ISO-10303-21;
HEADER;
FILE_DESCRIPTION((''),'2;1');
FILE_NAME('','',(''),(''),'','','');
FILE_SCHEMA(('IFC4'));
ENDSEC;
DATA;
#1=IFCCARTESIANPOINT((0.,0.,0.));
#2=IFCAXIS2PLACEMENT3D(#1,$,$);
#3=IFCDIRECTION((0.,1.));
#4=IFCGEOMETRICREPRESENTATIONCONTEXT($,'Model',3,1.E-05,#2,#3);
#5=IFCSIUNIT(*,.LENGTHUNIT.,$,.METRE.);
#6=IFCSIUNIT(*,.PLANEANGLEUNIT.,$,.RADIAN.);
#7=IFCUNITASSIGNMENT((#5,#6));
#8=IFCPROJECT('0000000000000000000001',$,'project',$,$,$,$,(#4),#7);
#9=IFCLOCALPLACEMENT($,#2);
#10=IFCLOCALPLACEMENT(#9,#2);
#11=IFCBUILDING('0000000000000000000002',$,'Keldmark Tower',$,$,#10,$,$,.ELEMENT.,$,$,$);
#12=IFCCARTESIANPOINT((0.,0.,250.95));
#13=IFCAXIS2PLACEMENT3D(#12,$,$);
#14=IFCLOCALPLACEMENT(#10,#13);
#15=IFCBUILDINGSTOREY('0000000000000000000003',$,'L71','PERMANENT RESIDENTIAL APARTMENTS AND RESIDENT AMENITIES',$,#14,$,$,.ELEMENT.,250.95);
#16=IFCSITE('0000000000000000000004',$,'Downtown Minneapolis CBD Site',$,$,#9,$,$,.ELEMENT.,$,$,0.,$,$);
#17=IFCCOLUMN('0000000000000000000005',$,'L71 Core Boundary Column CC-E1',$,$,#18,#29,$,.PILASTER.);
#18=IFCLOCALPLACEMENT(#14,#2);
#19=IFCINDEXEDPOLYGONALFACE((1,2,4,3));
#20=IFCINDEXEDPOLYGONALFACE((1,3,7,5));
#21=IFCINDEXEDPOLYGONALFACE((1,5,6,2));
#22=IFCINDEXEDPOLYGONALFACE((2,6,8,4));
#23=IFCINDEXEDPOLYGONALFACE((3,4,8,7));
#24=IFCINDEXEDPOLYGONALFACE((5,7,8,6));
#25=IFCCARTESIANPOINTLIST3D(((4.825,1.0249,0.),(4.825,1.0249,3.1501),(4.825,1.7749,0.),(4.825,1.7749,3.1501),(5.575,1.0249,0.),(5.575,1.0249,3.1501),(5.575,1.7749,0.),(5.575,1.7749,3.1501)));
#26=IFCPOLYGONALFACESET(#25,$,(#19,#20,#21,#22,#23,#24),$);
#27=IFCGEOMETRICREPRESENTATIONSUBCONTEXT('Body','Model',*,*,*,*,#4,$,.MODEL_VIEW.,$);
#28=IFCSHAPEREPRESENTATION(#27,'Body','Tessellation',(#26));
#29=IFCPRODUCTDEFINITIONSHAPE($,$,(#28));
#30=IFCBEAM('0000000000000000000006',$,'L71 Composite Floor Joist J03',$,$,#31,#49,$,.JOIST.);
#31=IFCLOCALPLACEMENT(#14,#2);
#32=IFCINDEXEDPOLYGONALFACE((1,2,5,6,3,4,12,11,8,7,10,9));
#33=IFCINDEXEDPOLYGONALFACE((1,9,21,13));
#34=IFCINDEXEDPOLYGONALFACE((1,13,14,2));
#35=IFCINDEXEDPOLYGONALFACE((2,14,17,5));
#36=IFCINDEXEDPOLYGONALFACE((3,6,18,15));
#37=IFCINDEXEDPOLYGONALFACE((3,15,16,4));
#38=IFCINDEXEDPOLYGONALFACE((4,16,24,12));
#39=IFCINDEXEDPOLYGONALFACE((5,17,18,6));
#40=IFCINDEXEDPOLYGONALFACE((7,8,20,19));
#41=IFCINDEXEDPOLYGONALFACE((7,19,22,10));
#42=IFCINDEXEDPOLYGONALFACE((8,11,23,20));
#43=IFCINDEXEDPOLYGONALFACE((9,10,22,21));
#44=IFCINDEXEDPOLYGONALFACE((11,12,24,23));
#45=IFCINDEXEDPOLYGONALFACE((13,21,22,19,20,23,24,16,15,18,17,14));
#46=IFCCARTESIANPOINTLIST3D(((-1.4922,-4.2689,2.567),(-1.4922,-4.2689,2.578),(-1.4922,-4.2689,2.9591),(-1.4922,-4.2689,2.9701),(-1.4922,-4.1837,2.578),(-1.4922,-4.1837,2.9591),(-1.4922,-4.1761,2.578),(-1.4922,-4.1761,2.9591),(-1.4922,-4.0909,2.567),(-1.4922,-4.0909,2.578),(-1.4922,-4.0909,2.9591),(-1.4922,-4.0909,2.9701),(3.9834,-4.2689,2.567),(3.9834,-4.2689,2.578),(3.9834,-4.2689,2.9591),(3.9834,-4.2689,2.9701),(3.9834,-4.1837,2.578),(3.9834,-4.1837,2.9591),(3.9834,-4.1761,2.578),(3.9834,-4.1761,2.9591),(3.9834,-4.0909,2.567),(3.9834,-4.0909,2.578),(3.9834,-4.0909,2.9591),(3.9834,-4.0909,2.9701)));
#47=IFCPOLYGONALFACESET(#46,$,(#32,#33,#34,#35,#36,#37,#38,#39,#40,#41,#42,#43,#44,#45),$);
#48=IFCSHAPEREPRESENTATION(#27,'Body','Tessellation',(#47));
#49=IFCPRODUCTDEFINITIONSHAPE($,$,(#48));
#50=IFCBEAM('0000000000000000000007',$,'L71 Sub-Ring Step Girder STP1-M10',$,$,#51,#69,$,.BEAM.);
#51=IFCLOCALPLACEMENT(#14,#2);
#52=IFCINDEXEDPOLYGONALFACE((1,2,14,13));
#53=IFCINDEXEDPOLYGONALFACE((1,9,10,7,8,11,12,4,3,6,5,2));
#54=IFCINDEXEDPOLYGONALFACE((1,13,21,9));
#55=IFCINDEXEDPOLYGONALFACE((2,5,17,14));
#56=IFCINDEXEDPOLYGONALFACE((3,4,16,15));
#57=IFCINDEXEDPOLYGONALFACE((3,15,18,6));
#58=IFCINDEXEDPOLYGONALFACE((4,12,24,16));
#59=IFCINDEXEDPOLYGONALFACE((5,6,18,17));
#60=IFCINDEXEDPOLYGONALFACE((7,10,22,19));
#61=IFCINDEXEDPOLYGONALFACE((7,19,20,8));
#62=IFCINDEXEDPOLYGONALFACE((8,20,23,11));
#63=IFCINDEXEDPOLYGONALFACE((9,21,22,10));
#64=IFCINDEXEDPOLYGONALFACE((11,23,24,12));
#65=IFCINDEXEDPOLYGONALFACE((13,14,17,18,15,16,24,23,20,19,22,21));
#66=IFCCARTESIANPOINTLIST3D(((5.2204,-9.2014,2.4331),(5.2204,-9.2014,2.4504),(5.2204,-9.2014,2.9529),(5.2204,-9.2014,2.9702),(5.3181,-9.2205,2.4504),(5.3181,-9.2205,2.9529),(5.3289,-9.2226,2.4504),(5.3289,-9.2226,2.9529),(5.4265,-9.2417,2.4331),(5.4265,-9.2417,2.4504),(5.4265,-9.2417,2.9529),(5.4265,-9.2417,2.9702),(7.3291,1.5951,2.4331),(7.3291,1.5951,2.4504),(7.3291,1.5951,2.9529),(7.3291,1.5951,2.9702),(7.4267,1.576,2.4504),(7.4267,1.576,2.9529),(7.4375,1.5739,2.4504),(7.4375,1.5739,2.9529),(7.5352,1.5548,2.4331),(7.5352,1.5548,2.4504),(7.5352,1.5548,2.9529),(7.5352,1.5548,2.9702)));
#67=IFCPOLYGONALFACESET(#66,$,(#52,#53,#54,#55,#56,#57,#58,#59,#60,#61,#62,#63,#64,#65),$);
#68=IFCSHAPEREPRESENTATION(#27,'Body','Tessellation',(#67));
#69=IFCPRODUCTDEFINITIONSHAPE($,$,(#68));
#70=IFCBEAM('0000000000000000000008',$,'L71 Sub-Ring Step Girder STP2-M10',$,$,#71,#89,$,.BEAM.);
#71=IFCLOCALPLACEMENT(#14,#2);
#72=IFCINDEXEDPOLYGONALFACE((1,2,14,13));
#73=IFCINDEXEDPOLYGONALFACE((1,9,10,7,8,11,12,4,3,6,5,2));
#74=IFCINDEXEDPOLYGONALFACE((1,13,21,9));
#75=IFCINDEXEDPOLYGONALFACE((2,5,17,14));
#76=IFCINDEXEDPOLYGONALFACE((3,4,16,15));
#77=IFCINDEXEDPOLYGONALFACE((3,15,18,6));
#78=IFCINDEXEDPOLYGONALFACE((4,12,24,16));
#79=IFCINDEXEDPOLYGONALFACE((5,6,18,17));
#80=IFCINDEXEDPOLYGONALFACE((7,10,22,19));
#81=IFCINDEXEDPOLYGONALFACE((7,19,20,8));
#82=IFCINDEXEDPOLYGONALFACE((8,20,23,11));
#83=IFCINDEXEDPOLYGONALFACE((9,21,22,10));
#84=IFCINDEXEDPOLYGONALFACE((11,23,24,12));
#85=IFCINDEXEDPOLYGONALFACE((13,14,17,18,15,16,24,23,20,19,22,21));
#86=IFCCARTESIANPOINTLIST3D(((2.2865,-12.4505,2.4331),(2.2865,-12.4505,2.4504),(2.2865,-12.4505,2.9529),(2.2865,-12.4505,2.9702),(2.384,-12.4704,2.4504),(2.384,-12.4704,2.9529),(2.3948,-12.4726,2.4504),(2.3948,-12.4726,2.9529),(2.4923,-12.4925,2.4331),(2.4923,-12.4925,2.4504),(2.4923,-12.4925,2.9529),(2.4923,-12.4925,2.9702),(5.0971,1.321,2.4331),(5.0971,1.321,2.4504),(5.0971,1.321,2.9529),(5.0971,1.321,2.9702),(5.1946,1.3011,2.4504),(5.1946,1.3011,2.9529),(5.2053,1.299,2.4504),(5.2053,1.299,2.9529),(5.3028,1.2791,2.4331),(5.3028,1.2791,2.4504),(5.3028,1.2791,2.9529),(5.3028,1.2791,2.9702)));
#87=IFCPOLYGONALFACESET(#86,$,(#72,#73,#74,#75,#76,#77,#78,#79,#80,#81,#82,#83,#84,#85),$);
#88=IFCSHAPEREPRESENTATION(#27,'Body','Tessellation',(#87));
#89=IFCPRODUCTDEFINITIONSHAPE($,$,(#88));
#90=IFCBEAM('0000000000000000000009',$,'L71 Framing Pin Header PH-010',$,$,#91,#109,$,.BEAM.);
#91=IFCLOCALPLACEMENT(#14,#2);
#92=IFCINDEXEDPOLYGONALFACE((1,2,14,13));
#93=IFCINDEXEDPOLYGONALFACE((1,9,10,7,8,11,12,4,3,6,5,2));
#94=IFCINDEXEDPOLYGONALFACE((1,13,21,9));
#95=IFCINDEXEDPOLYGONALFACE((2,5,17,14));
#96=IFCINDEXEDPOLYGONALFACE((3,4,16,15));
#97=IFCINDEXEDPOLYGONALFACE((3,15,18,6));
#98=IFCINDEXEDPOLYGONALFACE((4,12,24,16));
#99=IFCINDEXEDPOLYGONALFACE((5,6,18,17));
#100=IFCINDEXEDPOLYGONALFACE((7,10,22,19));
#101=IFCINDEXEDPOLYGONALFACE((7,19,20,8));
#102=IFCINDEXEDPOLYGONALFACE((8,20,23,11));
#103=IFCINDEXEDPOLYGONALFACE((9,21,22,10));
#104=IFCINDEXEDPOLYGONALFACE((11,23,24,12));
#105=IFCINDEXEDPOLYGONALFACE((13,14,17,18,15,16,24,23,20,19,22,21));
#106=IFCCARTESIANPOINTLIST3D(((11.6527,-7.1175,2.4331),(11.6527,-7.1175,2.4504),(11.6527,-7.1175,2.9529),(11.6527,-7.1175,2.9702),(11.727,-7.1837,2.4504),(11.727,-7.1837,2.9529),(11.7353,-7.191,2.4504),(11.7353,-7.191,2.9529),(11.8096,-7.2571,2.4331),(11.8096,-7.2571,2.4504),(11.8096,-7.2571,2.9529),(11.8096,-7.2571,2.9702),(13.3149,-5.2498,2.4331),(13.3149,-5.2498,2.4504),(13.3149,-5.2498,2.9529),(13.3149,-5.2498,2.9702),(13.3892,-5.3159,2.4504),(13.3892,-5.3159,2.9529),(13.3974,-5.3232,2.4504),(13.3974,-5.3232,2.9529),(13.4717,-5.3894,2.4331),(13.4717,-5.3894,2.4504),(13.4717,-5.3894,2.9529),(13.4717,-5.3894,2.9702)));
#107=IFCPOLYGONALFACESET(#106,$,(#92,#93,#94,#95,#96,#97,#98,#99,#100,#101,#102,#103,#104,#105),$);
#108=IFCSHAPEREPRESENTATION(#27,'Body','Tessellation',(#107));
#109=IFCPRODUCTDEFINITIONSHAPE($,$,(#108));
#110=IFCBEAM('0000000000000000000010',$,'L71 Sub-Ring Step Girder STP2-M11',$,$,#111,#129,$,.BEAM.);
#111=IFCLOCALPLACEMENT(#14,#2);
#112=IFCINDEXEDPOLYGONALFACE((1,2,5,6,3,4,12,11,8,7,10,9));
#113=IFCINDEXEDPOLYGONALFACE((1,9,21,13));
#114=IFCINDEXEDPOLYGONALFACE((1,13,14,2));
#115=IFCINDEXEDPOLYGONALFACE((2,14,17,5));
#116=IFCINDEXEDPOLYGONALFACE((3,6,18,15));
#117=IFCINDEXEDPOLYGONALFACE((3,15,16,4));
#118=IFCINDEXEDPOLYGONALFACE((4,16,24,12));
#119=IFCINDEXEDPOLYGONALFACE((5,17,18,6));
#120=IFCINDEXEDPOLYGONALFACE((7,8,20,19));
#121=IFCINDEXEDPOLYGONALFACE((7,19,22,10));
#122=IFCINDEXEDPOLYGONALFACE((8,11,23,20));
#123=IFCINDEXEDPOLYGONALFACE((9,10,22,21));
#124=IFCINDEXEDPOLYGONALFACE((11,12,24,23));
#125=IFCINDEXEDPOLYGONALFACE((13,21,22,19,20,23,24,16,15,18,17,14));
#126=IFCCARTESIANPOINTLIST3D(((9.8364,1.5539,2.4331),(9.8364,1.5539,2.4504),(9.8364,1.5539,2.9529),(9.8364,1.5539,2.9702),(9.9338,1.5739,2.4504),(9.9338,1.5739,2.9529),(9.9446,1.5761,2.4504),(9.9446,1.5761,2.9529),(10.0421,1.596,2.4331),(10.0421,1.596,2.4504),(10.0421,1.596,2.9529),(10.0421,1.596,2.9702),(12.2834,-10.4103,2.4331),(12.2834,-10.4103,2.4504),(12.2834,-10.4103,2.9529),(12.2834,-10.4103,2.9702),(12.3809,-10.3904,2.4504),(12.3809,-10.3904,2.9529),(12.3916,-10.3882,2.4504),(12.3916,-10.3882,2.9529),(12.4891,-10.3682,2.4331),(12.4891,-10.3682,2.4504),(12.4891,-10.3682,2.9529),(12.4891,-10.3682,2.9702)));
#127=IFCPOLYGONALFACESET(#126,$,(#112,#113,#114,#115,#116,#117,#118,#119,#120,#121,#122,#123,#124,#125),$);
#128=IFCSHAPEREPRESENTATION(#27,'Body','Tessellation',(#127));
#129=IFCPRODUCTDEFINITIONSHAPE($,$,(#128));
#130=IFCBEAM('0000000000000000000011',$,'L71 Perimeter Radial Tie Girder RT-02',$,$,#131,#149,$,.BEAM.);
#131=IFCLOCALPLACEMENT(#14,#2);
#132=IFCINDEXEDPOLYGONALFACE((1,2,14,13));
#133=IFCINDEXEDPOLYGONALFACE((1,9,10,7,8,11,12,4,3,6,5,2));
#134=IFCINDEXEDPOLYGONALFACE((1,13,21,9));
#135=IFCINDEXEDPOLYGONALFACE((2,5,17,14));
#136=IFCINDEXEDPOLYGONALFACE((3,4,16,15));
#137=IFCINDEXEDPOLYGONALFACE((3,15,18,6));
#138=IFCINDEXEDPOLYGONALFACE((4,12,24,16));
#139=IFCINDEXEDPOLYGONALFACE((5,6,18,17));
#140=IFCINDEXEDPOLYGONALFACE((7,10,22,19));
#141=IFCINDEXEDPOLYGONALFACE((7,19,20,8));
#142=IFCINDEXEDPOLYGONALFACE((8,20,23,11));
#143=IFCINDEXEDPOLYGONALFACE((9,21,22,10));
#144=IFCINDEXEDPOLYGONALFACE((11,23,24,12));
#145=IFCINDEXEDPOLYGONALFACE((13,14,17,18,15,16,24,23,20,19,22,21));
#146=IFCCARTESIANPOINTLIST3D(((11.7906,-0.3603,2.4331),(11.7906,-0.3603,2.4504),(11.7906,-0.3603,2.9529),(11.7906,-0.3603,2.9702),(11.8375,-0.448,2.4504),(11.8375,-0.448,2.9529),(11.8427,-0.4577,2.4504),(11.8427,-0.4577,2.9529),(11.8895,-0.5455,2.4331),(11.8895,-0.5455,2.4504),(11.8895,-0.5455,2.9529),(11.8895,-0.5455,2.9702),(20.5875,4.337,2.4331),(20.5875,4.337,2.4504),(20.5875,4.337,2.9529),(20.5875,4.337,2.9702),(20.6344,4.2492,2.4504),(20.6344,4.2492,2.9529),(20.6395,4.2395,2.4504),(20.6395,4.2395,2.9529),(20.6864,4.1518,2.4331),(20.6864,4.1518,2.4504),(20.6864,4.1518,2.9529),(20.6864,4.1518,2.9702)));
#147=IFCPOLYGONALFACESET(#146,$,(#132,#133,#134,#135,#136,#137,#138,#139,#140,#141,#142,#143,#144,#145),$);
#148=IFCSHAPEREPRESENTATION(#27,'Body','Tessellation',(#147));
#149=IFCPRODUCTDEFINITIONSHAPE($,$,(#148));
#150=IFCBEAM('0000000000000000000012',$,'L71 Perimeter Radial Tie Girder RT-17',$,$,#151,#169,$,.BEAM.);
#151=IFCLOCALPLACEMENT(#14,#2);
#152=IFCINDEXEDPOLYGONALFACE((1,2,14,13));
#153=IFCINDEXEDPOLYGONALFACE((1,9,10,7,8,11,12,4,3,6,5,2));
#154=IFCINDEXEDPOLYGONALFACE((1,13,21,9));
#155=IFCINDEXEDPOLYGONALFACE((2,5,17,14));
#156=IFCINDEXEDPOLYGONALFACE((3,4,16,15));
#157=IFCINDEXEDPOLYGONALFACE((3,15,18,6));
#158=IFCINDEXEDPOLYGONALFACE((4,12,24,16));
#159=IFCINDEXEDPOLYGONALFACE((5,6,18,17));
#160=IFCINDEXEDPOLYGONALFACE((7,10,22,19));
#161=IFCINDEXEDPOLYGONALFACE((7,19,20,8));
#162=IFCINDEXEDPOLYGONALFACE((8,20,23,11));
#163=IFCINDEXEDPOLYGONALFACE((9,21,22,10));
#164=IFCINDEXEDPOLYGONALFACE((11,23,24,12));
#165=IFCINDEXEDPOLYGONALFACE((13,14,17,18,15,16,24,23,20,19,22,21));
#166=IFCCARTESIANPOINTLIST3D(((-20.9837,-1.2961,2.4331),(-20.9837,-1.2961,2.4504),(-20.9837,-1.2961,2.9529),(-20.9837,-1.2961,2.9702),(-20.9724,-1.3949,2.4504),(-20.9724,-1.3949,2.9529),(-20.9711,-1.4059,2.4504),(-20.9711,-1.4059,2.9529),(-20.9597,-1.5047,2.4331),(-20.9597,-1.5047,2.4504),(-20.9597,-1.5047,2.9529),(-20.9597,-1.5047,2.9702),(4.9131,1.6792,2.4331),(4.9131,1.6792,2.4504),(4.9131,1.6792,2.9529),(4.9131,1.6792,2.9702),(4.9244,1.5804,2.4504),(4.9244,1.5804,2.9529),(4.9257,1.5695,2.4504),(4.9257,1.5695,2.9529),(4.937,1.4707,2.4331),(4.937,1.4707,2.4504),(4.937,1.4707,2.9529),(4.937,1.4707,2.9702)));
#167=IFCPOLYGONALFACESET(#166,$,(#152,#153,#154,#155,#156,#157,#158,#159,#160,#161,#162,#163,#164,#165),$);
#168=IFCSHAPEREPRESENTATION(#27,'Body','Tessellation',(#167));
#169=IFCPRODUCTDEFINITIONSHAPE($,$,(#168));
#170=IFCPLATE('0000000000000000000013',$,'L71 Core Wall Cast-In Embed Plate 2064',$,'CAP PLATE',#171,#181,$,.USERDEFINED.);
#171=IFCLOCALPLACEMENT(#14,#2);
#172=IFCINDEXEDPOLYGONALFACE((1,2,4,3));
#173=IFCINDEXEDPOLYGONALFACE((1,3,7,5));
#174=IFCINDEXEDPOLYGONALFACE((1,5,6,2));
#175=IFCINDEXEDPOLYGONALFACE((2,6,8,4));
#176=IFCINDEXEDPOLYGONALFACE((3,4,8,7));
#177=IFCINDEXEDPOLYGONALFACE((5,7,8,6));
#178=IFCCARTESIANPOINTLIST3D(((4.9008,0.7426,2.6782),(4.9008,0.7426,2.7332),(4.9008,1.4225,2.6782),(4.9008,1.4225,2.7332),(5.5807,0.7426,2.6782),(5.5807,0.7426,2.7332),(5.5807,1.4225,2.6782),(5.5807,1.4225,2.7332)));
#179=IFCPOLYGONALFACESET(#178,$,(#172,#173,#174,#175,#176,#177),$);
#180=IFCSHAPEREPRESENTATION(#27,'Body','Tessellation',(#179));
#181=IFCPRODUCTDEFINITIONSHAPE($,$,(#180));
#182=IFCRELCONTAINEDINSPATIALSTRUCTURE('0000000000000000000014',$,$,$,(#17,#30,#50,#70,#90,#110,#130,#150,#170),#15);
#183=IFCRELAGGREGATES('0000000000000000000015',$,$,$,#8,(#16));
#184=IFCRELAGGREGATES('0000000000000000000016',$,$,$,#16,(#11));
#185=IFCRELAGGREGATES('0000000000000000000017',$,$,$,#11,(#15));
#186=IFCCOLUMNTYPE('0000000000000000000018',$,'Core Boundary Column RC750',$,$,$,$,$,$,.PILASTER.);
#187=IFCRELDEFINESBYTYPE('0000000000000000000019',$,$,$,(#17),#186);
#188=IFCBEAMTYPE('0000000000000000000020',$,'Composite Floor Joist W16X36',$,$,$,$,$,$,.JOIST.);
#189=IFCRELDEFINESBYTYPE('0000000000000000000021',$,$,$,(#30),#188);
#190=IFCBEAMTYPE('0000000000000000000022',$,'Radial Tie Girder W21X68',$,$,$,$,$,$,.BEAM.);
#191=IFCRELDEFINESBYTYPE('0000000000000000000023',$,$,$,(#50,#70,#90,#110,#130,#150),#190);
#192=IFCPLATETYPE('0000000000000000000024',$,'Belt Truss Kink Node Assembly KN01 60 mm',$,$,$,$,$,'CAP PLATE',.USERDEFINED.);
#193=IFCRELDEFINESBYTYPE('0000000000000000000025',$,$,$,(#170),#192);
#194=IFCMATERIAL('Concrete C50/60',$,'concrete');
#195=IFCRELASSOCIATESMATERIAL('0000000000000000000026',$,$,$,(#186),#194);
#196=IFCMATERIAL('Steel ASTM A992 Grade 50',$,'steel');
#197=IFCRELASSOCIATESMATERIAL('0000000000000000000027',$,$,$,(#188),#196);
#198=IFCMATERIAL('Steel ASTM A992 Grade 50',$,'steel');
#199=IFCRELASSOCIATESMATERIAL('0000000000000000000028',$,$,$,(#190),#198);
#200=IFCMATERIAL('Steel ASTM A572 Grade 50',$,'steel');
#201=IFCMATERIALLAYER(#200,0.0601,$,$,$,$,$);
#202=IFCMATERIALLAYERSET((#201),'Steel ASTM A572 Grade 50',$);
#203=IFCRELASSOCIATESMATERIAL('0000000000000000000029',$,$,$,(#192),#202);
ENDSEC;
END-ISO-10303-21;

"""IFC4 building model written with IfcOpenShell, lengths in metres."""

from ifc_helpers import new_model, si_unit, direction, frame, origin, origin_2d, place, context, subcontext, project, spatial, rectangle, i_section, extrude, material, layer, layer_set, material_profile, profile_set, type_object, element, save


model = new_model("IFC4")

# Units and contexts
model_context = context("Model", 3, precision=1e-05, world=origin(), true_north=direction((0.0, 1.0)))
body_context = subcontext(model_context, "Body", "Model", "MODEL_VIEW")
ifc_project = project(units=[si_unit("LENGTHUNIT", "METRE"), si_unit("PLANEANGLEUNIT", "RADIAN")], contexts=[model_context])

# Site, building, storey
site_placement = place(None, origin())
site = spatial("IfcSite", under=ifc_project, at=site_placement, Name="Downtown Minneapolis CBD Site", CompositionType="ELEMENT", RefElevation=0.0)
building_placement = place(site_placement, origin())
building = spatial("IfcBuilding", under=site, at=building_placement, Name="Keldmark Tower", CompositionType="ELEMENT")
storey_placement = place(building_placement, frame((0.0, 0.0, 250.95)))
storey = spatial("IfcBuildingStorey", under=building, at=storey_placement, Name="L71", Description="PERMANENT RESIDENTIAL APARTMENTS AND RESIDENT AMENITIES", CompositionType="ELEMENT", Elevation=250.95)

# Column
ifc_material_1 = material(Name="Concrete C50/60", Category="concrete")
ifc_material_profile_1 = material_profile(ifc_material_1, rectangle(XDim=0.75, YDim=0.75, at=origin_2d()), Name="RC750X750")
ifc_profile_set_1 = profile_set([ifc_material_profile_1], Name="Concrete C50/60")
column_type = type_object("IfcColumnType", Name="Core Boundary Column RC750", PredefinedType="PILASTER", material=ifc_profile_set_1)
column_placement = place(storey_placement, frame((5.2, 1.3999, 0.0), z_axis=(0.0, 0.0, 1.0), x_axis=(1.0, 0.0, 0.0)))
element("IfcColumn", 1, at=column_placement, inside=storey, type_object=column_type, Name="L71 Core Boundary Column CC-E1", PredefinedType="PILASTER", context=body_context, shape_type="SweptSolid", body=[
    extrude(rectangle(XDim=0.75, YDim=0.75, at=origin_2d()), origin(), (0.0, 0.0, 1.0), 3.1501),
])

# Beams
ifc_material_2 = material(Name="Steel ASTM A992 Grade 50", Category="steel")
ifc_material_profile_2 = material_profile(ifc_material_2, i_section(OverallWidth=0.178, OverallDepth=0.4031, WebThickness=0.0076, FlangeThickness=0.011, at=origin_2d()), Name="W16X36")
ifc_profile_set_2 = profile_set([ifc_material_profile_2], Name="Steel ASTM A992 Grade 50")
beam_type_1 = type_object("IfcBeamType", Name="Composite Floor Joist W16X36", PredefinedType="JOIST", material=ifc_profile_set_2)
beam_1_placement = place(storey_placement, frame((-1.4922, -4.1799, 2.7686), z_axis=(1.0, 0.0, 0.0), x_axis=(0.0, 1.0, 0.0)))
element("IfcBeam", 2, at=beam_1_placement, inside=storey, type_object=beam_type_1, Name="L71 Composite Floor Joist J03", PredefinedType="JOIST", context=body_context, shape_type="SweptSolid", body=[
    extrude(i_section(OverallWidth=0.178, OverallDepth=0.4031, WebThickness=0.0076, FlangeThickness=0.011, at=origin_2d()), origin(), (0.0, 0.0, 1.0), 5.4756),
])
ifc_material_3 = material(Name="Steel ASTM A992 Grade 50", Category="steel")
ifc_material_profile_3 = material_profile(ifc_material_3, i_section(OverallWidth=0.21, OverallDepth=0.5371, WebThickness=0.011, FlangeThickness=0.0173, at=origin_2d()), Name="W21X68")
ifc_profile_set_3 = profile_set([ifc_material_profile_3], Name="Steel ASTM A992 Grade 50")
beam_type_2 = type_object("IfcBeamType", Name="Radial Tie Girder W21X68", PredefinedType="BEAM", material=ifc_profile_set_3)
beam_2_placement = place(storey_placement, frame((7.4321, 1.575, 2.7017), z_axis=(-0.191688, -0.981456, 0.0), x_axis=(0.981456, -0.191688, 0.0)))
element("IfcBeam", 3, at=beam_2_placement, inside=storey, type_object=beam_type_2, Name="L71 Sub-Ring Step Girder STP1-M10", PredefinedType="BEAM", context=body_context, shape_type="SweptSolid", body=[
    extrude(i_section(OverallWidth=0.21, OverallDepth=0.5371, WebThickness=0.011, FlangeThickness=0.0173, at=origin_2d()), origin(), (0.0, 0.0, 1.0), 11.0005),
])
beam_3_placement = place(storey_placement, frame((5.2, 1.3, 2.7017), z_axis=(-0.199963, -0.979804, 0.0), x_axis=(0.979804, -0.199963, 0.0)))
element("IfcBeam", 4, at=beam_3_placement, inside=storey, type_object=beam_type_2, Name="L71 Sub-Ring Step Girder STP2-M10", PredefinedType="BEAM", context=body_context, shape_type="SweptSolid", body=[
    extrude(i_section(OverallWidth=0.21, OverallDepth=0.5371, WebThickness=0.011, FlangeThickness=0.0173, at=origin_2d()), origin(), (0.0, 0.0, 1.0), 14.0554),
])
beam_4_placement = place(storey_placement, frame((13.3933, -5.3196, 2.7017), z_axis=(-0.6648, -0.747021, 0.0), x_axis=(0.747021, -0.6648, 0.0)))
element("IfcBeam", 5, at=beam_4_placement, inside=storey, type_object=beam_type_2, Name="L71 Framing Pin Header PH-010", PredefinedType="BEAM", context=body_context, shape_type="SweptSolid", body=[
    extrude(i_section(OverallWidth=0.21, OverallDepth=0.5371, WebThickness=0.011, FlangeThickness=0.0173, at=origin_2d()), origin(), (0.0, 0.0, 1.0), 2.5002),
])
beam_5_placement = place(storey_placement, frame((9.9392, 1.575, 2.7017), z_axis=(0.200382, -0.979718, 0.0), x_axis=(0.979718, 0.200382, 0.0)))
element("IfcBeam", 6, at=beam_5_placement, inside=storey, type_object=beam_type_2, Name="L71 Sub-Ring Step Girder STP2-M11", PredefinedType="BEAM", context=body_context, shape_type="SweptSolid", body=[
    extrude(i_section(OverallWidth=0.21, OverallDepth=0.5371, WebThickness=0.011, FlangeThickness=0.0173, at=origin_2d()), origin(), (0.0, 0.0, 1.0), 12.2119),
])
beam_6_placement = place(storey_placement, frame((11.8401, -0.4529, 2.7017), z_axis=(0.88212, 0.471025, 0.0), x_axis=(-0.471025, 0.88212, 0.0)))
element("IfcBeam", 7, at=beam_6_placement, inside=storey, type_object=beam_type_2, Name="L71 Perimeter Radial Tie Girder RT-02", PredefinedType="BEAM", context=body_context, shape_type="SweptSolid", body=[
    extrude(i_section(OverallWidth=0.21, OverallDepth=0.5371, WebThickness=0.011, FlangeThickness=0.0173, at=origin_2d()), origin(), (0.0, 0.0, 1.0), 9.9724),
])
beam_7_placement = place(storey_placement, frame((4.925, 1.575, 2.7017), z_axis=(-0.993464, -0.114142, 0.0), x_axis=(0.114142, -0.993464, 0.0)))
element("IfcBeam", 8, at=beam_7_placement, inside=storey, type_object=beam_type_2, Name="L71 Perimeter Radial Tie Girder RT-17", PredefinedType="BEAM", context=body_context, shape_type="SweptSolid", body=[
    extrude(i_section(OverallWidth=0.21, OverallDepth=0.5371, WebThickness=0.011, FlangeThickness=0.0173, at=origin_2d()), origin(), (0.0, 0.0, 1.0), 26.0671),
])

# Plate
ifc_material_4 = material(Name="Steel ASTM A572 Grade 50", Category="steel")
ifc_layer_1 = layer(ifc_material_4, 0.0601)
ifc_layer_set_1 = layer_set([ifc_layer_1], Name="Steel ASTM A572 Grade 50")
plate_type = type_object("IfcPlateType", Name="Belt Truss Kink Node Assembly KN01 60 mm", ElementType="CAP PLATE", PredefinedType="USERDEFINED", material=ifc_layer_set_1)
for number, where, z_axis, x_axis, name in (
    (9, (5.2407, 1.0825, 2.6782), (0.0, 0.0, 1.0), (1.0, 0.0, 0.0), "L71 Core Wall Cast-In Embed Plate 2064"),
):
    element("IfcPlate", number, at=place(storey_placement, frame(where, z_axis=z_axis, x_axis=x_axis)), inside=storey, type_object=plate_type, Name=name, ObjectType="CAP PLATE", PredefinedType="USERDEFINED", context=body_context, shape_type="SweptSolid", body=[
        extrude(rectangle(XDim=0.6799, YDim=0.6799, at=origin_2d()), origin(), (0.0, 0.0, 1.0), 0.0549),
    ])

save(model, "model.ifc")
